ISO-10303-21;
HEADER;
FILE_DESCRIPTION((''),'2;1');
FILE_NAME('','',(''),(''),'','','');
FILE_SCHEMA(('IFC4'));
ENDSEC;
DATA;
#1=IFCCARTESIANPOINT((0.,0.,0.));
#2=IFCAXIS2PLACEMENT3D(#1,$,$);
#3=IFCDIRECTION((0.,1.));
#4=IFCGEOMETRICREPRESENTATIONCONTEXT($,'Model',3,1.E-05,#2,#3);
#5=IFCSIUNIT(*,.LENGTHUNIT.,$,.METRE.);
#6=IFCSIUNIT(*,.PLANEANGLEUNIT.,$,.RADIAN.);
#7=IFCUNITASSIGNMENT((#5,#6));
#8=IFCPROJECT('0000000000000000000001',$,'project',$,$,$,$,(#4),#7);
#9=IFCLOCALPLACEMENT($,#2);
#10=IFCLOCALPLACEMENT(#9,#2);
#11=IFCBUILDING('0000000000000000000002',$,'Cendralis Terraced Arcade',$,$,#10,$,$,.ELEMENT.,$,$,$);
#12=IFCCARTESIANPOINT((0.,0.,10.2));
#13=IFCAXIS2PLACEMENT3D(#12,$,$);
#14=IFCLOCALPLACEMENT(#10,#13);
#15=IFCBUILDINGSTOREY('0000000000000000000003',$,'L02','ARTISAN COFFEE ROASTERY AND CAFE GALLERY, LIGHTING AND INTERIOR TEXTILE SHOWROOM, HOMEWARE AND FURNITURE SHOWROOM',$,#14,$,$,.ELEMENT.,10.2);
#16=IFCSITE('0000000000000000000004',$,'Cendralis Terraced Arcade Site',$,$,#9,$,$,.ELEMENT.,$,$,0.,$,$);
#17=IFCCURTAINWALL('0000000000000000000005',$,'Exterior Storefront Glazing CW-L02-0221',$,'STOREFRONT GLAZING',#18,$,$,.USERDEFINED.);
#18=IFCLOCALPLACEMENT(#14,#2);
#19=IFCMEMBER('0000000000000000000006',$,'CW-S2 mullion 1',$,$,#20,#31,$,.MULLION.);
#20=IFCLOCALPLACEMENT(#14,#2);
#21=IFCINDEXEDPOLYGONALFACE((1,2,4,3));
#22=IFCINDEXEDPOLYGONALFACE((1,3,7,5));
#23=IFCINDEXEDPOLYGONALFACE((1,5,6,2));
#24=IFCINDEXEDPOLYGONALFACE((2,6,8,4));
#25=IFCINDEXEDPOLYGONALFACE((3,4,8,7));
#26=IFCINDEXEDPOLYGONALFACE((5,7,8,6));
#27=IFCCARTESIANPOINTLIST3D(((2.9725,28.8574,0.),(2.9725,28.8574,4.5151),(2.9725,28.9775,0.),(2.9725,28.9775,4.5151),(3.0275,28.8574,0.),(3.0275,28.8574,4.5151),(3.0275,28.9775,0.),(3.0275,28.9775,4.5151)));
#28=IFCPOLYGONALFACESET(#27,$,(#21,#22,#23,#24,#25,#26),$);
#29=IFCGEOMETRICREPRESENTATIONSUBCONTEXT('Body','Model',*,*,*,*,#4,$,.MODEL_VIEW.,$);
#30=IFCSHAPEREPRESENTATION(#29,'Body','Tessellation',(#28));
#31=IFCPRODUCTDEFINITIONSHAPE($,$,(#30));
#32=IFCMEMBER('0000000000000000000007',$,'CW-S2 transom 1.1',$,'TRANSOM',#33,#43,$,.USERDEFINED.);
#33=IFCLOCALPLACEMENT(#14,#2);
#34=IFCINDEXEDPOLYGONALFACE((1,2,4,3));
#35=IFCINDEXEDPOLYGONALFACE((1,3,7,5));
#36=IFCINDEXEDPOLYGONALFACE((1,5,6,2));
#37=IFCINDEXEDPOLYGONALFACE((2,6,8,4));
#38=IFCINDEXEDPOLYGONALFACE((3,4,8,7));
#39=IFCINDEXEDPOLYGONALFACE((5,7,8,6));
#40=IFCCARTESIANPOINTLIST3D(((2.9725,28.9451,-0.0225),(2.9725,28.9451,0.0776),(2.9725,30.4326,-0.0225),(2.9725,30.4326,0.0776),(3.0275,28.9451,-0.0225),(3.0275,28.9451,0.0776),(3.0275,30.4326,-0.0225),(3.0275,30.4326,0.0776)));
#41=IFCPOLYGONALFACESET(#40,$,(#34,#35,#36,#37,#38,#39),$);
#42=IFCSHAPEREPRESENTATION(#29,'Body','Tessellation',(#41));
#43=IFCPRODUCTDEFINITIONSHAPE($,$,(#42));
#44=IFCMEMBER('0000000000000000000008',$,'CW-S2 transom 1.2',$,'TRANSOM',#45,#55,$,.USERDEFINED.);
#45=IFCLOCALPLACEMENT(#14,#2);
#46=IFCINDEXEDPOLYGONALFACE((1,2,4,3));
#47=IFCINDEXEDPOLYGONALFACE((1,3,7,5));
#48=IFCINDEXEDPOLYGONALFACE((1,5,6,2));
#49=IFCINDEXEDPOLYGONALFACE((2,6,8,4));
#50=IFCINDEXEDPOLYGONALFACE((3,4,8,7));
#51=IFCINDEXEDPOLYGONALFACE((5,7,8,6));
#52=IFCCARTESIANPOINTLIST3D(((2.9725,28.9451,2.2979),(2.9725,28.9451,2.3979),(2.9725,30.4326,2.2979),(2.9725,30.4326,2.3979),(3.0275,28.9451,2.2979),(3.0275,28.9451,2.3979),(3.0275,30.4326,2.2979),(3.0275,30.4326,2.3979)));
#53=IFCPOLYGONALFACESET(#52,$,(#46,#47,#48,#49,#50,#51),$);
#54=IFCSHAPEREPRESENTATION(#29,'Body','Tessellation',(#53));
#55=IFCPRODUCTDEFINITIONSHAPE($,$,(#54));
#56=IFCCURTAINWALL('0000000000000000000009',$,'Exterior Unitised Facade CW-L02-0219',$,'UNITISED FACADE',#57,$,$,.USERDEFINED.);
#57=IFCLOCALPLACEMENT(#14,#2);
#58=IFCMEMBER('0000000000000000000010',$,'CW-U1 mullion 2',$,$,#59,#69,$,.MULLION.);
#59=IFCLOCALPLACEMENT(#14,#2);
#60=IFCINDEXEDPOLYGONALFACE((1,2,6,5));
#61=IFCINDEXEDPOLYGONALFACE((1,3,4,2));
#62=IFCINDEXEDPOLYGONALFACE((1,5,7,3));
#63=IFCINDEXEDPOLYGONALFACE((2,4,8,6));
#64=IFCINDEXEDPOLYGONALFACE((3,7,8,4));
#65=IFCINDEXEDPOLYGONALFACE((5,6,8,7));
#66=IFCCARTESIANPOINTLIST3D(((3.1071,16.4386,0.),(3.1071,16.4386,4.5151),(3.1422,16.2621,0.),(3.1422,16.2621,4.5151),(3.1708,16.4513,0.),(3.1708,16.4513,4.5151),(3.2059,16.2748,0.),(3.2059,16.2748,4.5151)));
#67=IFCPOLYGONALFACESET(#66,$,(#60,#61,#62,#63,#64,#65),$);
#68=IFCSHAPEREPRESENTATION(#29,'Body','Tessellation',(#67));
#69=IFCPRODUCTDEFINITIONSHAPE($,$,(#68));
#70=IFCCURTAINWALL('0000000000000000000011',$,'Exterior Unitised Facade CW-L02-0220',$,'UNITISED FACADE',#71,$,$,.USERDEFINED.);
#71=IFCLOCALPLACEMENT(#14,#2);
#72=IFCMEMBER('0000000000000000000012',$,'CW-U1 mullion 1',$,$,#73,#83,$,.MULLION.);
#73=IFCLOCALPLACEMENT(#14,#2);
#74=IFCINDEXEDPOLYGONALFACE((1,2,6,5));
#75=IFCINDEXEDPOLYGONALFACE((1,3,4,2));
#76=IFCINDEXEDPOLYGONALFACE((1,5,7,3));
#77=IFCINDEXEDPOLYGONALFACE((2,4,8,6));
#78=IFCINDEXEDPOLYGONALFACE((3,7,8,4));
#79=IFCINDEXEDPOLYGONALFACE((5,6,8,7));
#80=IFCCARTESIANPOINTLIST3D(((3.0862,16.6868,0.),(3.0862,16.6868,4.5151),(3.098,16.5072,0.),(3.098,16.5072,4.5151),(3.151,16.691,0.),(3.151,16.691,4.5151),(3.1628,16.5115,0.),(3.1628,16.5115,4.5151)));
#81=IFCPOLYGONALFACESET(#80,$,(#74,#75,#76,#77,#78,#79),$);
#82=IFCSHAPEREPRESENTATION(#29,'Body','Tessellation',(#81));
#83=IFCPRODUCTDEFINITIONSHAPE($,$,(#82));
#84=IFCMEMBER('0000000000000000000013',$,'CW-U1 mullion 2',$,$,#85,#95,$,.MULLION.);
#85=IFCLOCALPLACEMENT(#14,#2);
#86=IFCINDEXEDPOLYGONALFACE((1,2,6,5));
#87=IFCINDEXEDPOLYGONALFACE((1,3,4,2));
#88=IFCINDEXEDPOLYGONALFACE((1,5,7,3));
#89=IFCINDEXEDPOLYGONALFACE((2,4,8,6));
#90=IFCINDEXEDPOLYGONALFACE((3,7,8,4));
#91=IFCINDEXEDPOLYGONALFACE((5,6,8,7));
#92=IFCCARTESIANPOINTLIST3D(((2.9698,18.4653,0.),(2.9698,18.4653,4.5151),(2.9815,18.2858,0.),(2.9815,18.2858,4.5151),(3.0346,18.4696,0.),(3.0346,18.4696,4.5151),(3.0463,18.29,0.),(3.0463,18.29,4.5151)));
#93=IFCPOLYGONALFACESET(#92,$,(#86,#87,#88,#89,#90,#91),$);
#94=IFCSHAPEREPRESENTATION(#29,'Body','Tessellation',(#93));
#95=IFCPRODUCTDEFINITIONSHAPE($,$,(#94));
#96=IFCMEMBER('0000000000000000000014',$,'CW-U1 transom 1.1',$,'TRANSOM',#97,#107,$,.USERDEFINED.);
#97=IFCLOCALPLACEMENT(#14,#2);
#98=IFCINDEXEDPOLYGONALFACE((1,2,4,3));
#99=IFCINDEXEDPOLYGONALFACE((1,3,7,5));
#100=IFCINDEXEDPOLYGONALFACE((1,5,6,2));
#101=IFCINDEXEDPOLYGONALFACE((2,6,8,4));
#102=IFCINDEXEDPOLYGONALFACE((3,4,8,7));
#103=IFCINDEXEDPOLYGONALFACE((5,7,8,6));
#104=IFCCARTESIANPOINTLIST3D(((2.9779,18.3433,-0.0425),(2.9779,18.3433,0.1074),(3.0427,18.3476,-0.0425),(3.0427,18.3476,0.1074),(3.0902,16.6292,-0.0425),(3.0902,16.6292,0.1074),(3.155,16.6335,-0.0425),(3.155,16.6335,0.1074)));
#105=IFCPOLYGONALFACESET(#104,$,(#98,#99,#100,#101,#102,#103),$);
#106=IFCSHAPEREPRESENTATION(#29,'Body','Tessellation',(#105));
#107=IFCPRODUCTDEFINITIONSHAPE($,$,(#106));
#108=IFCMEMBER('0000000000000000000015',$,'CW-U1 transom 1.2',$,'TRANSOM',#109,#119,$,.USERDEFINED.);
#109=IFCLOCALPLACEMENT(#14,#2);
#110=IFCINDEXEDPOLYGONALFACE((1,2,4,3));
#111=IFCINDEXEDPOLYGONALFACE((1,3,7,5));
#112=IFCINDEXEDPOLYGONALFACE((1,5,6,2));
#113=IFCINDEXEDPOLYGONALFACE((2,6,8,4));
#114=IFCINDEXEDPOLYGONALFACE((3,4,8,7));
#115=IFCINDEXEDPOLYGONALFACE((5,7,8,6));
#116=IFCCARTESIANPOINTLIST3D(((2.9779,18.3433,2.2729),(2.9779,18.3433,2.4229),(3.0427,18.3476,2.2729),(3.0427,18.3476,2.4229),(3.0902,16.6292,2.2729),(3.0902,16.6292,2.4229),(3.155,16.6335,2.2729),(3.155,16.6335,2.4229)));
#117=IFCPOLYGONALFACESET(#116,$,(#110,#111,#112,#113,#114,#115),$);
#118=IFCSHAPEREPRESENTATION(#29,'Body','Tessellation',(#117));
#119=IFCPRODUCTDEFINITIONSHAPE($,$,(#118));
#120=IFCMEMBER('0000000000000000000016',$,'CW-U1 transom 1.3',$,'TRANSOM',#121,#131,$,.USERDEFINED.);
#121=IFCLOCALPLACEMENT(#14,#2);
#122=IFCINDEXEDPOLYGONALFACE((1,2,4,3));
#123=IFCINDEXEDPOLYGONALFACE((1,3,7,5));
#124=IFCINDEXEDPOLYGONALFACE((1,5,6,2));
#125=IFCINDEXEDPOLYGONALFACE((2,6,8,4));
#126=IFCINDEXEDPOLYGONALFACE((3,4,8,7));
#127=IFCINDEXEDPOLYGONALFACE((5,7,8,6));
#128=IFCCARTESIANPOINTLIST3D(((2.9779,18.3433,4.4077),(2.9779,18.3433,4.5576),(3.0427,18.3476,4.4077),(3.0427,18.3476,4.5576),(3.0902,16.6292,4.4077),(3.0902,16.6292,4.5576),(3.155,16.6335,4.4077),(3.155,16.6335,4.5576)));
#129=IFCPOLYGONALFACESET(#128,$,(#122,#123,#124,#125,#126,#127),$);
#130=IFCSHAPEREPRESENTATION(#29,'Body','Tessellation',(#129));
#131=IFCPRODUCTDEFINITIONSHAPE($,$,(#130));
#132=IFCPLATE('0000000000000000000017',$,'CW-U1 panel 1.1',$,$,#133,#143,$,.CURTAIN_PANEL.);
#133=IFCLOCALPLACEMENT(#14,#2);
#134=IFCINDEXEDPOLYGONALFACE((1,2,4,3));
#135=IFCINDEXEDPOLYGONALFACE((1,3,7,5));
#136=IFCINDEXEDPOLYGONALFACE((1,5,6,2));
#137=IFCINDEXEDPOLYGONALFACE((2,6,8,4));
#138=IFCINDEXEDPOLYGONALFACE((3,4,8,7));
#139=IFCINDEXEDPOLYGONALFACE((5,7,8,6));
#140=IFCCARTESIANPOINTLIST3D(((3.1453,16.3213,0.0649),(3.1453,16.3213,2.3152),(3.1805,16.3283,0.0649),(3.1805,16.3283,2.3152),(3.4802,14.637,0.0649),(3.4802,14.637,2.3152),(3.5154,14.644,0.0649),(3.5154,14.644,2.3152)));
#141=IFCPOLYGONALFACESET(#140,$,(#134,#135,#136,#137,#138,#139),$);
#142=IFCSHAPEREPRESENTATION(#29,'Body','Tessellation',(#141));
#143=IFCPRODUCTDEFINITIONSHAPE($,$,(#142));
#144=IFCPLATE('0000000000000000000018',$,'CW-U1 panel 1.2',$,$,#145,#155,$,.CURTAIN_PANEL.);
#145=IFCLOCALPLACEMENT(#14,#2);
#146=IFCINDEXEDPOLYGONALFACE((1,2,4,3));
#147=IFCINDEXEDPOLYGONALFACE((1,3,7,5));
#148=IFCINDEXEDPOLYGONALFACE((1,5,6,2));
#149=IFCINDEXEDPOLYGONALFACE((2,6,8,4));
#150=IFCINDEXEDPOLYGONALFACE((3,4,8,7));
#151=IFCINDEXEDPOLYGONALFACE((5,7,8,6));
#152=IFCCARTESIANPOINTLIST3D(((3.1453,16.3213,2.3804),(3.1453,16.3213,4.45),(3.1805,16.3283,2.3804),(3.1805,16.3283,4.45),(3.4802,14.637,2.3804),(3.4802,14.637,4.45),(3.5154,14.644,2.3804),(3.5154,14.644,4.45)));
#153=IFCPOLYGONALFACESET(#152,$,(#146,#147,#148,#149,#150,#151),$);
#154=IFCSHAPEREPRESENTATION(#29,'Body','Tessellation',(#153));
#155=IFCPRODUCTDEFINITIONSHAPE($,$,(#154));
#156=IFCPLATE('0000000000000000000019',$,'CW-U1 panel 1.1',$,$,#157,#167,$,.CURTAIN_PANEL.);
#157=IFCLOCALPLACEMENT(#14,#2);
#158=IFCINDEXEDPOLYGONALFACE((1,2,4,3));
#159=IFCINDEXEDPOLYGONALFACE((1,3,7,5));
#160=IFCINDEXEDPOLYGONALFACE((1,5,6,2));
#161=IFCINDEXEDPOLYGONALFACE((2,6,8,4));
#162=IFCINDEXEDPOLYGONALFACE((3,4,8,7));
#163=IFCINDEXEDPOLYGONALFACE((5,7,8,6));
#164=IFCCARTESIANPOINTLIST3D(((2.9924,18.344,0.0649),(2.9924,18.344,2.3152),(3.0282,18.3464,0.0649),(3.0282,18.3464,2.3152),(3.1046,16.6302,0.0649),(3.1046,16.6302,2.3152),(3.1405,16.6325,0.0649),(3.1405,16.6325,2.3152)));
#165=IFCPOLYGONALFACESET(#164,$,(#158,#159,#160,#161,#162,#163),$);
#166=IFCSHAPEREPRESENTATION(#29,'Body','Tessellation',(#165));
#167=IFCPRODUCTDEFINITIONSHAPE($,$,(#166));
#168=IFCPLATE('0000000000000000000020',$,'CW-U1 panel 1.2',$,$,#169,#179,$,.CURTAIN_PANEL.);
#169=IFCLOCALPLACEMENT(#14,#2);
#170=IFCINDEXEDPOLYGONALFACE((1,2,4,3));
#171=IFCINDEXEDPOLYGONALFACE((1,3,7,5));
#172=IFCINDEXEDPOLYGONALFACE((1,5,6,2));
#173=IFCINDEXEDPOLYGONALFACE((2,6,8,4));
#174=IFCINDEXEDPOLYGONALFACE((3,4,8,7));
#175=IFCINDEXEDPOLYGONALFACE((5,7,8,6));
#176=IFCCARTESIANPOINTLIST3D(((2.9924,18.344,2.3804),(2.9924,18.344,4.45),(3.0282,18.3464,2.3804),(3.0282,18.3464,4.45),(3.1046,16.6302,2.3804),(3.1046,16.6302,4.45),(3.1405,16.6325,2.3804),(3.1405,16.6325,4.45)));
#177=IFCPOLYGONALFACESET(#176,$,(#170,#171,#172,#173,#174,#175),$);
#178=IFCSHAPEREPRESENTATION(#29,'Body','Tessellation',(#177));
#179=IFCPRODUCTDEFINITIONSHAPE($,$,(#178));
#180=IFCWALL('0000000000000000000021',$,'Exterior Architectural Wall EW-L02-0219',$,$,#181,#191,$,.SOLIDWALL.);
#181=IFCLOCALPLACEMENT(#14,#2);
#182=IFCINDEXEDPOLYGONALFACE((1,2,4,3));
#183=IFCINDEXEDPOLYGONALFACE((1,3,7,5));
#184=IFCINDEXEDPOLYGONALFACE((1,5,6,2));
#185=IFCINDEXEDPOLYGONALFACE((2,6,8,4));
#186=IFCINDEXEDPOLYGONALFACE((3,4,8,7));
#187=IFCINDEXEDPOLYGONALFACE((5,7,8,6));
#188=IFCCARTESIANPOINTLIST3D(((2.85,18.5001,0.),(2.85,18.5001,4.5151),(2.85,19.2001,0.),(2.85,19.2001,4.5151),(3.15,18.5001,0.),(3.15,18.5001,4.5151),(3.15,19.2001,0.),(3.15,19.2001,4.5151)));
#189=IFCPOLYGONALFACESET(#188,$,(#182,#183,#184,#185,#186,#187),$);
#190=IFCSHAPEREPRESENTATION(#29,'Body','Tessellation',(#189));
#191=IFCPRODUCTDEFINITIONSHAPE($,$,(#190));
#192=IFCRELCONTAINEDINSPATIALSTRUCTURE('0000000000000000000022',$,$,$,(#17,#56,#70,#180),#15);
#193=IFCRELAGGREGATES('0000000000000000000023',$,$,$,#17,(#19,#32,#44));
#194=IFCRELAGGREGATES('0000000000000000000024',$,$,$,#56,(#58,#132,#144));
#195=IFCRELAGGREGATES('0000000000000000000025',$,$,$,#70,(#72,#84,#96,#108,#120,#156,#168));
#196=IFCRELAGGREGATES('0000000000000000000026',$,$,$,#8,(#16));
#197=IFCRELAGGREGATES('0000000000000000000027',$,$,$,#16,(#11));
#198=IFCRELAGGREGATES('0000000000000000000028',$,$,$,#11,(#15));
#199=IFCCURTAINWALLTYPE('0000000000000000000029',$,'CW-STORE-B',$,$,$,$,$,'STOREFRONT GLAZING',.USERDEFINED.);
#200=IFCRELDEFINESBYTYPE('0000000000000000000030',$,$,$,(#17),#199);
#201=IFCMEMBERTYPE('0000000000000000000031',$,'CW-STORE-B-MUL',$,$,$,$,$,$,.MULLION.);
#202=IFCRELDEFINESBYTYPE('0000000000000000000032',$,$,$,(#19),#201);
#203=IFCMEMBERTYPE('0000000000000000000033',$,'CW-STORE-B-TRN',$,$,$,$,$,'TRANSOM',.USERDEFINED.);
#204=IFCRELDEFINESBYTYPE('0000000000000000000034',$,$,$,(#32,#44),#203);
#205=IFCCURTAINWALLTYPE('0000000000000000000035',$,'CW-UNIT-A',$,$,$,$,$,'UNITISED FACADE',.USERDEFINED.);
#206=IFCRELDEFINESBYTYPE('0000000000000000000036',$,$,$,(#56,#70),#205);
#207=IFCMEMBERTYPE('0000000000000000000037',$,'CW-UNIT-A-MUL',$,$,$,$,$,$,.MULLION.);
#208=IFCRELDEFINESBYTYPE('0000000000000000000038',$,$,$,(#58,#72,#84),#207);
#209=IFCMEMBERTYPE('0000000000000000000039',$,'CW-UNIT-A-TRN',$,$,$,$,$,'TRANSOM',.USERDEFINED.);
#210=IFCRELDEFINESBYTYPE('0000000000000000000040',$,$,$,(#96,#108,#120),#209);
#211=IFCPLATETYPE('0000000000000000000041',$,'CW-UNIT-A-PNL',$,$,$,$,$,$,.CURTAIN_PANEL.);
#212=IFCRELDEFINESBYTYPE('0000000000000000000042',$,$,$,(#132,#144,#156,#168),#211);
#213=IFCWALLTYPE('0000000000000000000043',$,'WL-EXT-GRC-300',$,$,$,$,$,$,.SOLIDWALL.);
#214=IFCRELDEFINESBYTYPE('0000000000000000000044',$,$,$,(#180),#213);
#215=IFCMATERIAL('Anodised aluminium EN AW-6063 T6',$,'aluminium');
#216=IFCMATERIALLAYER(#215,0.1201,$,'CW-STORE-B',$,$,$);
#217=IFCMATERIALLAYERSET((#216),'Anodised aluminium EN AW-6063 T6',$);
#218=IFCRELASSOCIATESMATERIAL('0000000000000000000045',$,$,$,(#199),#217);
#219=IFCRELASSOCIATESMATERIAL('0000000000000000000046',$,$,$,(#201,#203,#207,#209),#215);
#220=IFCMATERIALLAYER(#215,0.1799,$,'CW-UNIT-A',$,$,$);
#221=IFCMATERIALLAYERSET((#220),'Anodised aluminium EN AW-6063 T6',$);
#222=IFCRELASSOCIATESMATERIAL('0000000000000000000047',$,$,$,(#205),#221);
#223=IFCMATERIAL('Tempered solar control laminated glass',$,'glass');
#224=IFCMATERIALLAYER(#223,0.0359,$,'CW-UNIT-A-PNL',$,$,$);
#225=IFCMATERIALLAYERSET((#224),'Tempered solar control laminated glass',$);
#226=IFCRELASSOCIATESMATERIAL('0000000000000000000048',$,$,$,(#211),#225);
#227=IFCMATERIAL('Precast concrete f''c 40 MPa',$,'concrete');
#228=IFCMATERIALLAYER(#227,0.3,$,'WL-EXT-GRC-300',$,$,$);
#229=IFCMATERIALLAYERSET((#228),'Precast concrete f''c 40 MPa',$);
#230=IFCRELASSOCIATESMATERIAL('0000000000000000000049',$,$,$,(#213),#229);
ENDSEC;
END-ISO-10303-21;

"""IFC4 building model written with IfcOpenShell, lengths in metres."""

from ifc_helpers import new_model, si_unit, direction, frame, frame_2d, origin, origin_2d, place, context, subcontext, project, spatial, rectangle, extrude, material, layer, layer_set, material_profile, profile_set, type_object, element, aggregate, save


model = new_model("IFC4")

# Units and contexts
model_context = context("Model", 3, precision=1e-05, world=origin(), true_north=direction((0.0, 1.0)))
body_context = subcontext(model_context, "Body", "Model", "MODEL_VIEW")
ifc_project = project(units=[si_unit("LENGTHUNIT", "METRE"), si_unit("PLANEANGLEUNIT", "RADIAN")], contexts=[model_context])

# Site, building, storey
site_placement = place(None, origin())
site = spatial("IfcSite", under=ifc_project, at=site_placement, Name="Cendralis Terraced Arcade Site", CompositionType="ELEMENT", RefElevation=0.0)
building_placement = place(site_placement, origin())
building = spatial("IfcBuilding", under=site, at=building_placement, Name="Cendralis Terraced Arcade", CompositionType="ELEMENT")
storey_placement = place(building_placement, frame((0.0, 0.0, 10.2)))
storey = spatial("IfcBuildingStorey", under=building, at=storey_placement, Name="L02", Description="ARTISAN COFFEE ROASTERY AND CAFE GALLERY, LIGHTING AND INTERIOR TEXTILE SHOWROOM, HOMEWARE AND FURNITURE SHOWROOM", CompositionType="ELEMENT", Elevation=10.2)

# Curtain wall, members
ifc_material_1 = material(Name="Anodised aluminium EN AW-6063 T6", Category="aluminium")
ifc_layer_1 = layer(ifc_material_1, 0.1201, Name="CW-STORE-B")
ifc_layer_set_1 = layer_set([ifc_layer_1], Name="Anodised aluminium EN AW-6063 T6")
curtain_wall_type_1 = type_object("IfcCurtainWallType", Name="CW-STORE-B", ElementType="STOREFRONT GLAZING", PredefinedType="USERDEFINED", material=ifc_layer_set_1)
curtain_wall_1_placement = place(storey_placement, origin())
curtain_wall_1 = element("IfcCurtainWall", 1, at=curtain_wall_1_placement, inside=storey, type_object=curtain_wall_type_1, Name="Exterior Storefront Glazing CW-L02-0221", ObjectType="STOREFRONT GLAZING", PredefinedType="USERDEFINED")
ifc_material_profile_1 = material_profile(ifc_material_1, rectangle(XDim=0.0549, YDim=0.1201, at=origin_2d()), Name="ALU-MUL-55x120")
ifc_profile_set_1 = profile_set([ifc_material_profile_1], Name="Anodised aluminium EN AW-6063 T6")
member_type_1 = type_object("IfcMemberType", Name="CW-STORE-B-MUL", PredefinedType="MULLION", material=ifc_profile_set_1)
member_1_placement = place(storey_placement, frame((3.0, 28.9175, 0.0), z_axis=(0.0, 0.0, 1.0), x_axis=(-1.0, 0.0, 0.0)))
member_1 = element("IfcMember", 2, at=member_1_placement, type_object=member_type_1, Name="CW-S2 mullion 1", PredefinedType="MULLION", context=body_context, shape_type="SweptSolid", body=[
    extrude(rectangle(XDim=0.0549, YDim=0.1201, at=origin_2d()), origin(), (0.0, 0.0, 1.0), 4.5151),
])
ifc_material_profile_2 = material_profile(ifc_material_1, rectangle(XDim=0.0549, YDim=0.1001, at=origin_2d()), Name="ALU-TRN-55x100")
ifc_profile_set_2 = profile_set([ifc_material_profile_2], Name="Anodised aluminium EN AW-6063 T6")
member_type_2 = type_object("IfcMemberType", Name="CW-STORE-B-TRN", ElementType="TRANSOM", PredefinedType="USERDEFINED", material=ifc_profile_set_2)
member_2_placement = place(storey_placement, frame((3.0, 28.9451, 0.0276), z_axis=(0.0, 1.0, 0.0), x_axis=(-1.0, 0.0, 0.0)))
member_2 = element("IfcMember", 3, at=member_2_placement, type_object=member_type_2, Name="CW-S2 transom 1.1", ObjectType="TRANSOM", PredefinedType="USERDEFINED", context=body_context, shape_type="SweptSolid", body=[
    extrude(rectangle(XDim=0.0549, YDim=0.1001, at=origin_2d()), origin(), (0.0, 0.0, 1.0), 1.4875),
])
member_3_placement = place(storey_placement, frame((3.0, 28.9451, 2.3479), z_axis=(0.0, 1.0, 0.0), x_axis=(-1.0, 0.0, 0.0)))
member_3 = element("IfcMember", 4, at=member_3_placement, type_object=member_type_2, Name="CW-S2 transom 1.2", ObjectType="TRANSOM", PredefinedType="USERDEFINED", context=body_context, shape_type="SweptSolid", body=[
    extrude(rectangle(XDim=0.0549, YDim=0.1001, at=origin_2d()), origin(), (0.0, 0.0, 1.0), 1.4875),
])
aggregate(curtain_wall_1, [member_1, member_2, member_3])

# Curtain wall, member
ifc_layer_2 = layer(ifc_material_1, 0.1799, Name="CW-UNIT-A")
ifc_layer_set_2 = layer_set([ifc_layer_2], Name="Anodised aluminium EN AW-6063 T6")
curtain_wall_type_2 = type_object("IfcCurtainWallType", Name="CW-UNIT-A", ElementType="UNITISED FACADE", PredefinedType="USERDEFINED", material=ifc_layer_set_2)
curtain_wall_2_placement = place(storey_placement, origin())
curtain_wall_2 = element("IfcCurtainWall", 5, at=curtain_wall_2_placement, inside=storey, type_object=curtain_wall_type_2, Name="Exterior Unitised Facade CW-L02-0219", ObjectType="UNITISED FACADE", PredefinedType="USERDEFINED")
ifc_material_profile_3 = material_profile(ifc_material_1, rectangle(XDim=0.0649, YDim=0.1799, at=origin_2d()), Name="ALU-MUL-65x180")
ifc_profile_set_3 = profile_set([ifc_material_profile_3], Name="Anodised aluminium EN AW-6063 T6")
member_type_3 = type_object("IfcMemberType", Name="CW-UNIT-A-MUL", PredefinedType="MULLION", material=ifc_profile_set_3)
member_4_placement = place(storey_placement, frame((3.1565, 16.3567, 0.0), z_axis=(0.0, 0.0, 1.0), x_axis=(-0.980797, -0.195033, 0.0)))
member_4 = element("IfcMember", 6, at=member_4_placement, type_object=member_type_3, Name="CW-U1 mullion 2", PredefinedType="MULLION", context=body_context, shape_type="SweptSolid", body=[
    extrude(rectangle(XDim=0.0649, YDim=0.1799, at=origin_2d()), origin(), (0.0, 0.0, 1.0), 4.5151),
])

# Curtain wall, members
curtain_wall_3_placement = place(storey_placement, origin())
curtain_wall_3 = element("IfcCurtainWall", 7, at=curtain_wall_3_placement, inside=storey, type_object=curtain_wall_type_2, Name="Exterior Unitised Facade CW-L02-0220", ObjectType="UNITISED FACADE", PredefinedType="USERDEFINED")
member_5_placement = place(storey_placement, frame((3.1245, 16.5991, 0.0), z_axis=(0.0, 0.0, 1.0), x_axis=(-0.99786, -0.065384, 0.0)))
member_5 = element("IfcMember", 8, at=member_5_placement, type_object=member_type_3, Name="CW-U1 mullion 1", PredefinedType="MULLION", context=body_context, shape_type="SweptSolid", body=[
    extrude(rectangle(XDim=0.0649, YDim=0.1799, at=origin_2d()), origin(), (0.0, 0.0, 1.0), 4.5151),
])
member_6_placement = place(storey_placement, frame((3.0081, 18.3777, 0.0), z_axis=(0.0, 0.0, 1.0), x_axis=(-0.99786, -0.065384, 0.0)))
member_6 = element("IfcMember", 9, at=member_6_placement, type_object=member_type_3, Name="CW-U1 mullion 2", PredefinedType="MULLION", context=body_context, shape_type="SweptSolid", body=[
    extrude(rectangle(XDim=0.0649, YDim=0.1799, at=origin_2d()), origin(), (0.0, 0.0, 1.0), 4.5151),
])
ifc_material_profile_4 = material_profile(ifc_material_1, rectangle(XDim=0.0649, YDim=0.1499, at=origin_2d()), Name="ALU-TRN-65x150")
ifc_profile_set_4 = profile_set([ifc_material_profile_4], Name="Anodised aluminium EN AW-6063 T6")
member_type_4 = type_object("IfcMemberType", Name="CW-UNIT-A-TRN", ElementType="TRANSOM", PredefinedType="USERDEFINED", material=ifc_profile_set_4)
member_7_placement = place(storey_placement, frame((3.1226, 16.6313, 0.0325), z_axis=(-0.065378, 0.997861, 0.0), x_axis=(-0.997861, -0.065378, 0.0)))
member_7 = element("IfcMember", 10, at=member_7_placement, type_object=member_type_4, Name="CW-U1 transom 1.1", ObjectType="TRANSOM", PredefinedType="USERDEFINED", context=body_context, shape_type="SweptSolid", body=[
    extrude(rectangle(XDim=0.0649, YDim=0.1499, at=origin_2d()), origin(), (0.0, 0.0, 1.0), 1.7178),
])
member_8_placement = place(storey_placement, frame((3.1226, 16.6313, 2.3479), z_axis=(-0.065378, 0.997861, 0.0), x_axis=(-0.997861, -0.065378, 0.0)))
member_8 = element("IfcMember", 11, at=member_8_placement, type_object=member_type_4, Name="CW-U1 transom 1.2", ObjectType="TRANSOM", PredefinedType="USERDEFINED", context=body_context, shape_type="SweptSolid", body=[
    extrude(rectangle(XDim=0.0649, YDim=0.1499, at=origin_2d()), origin(), (0.0, 0.0, 1.0), 1.7178),
])
member_9_placement = place(storey_placement, frame((3.1226, 16.6313, 4.4827), z_axis=(-0.065378, 0.997861, 0.0), x_axis=(-0.997861, -0.065378, 0.0)))
member_9 = element("IfcMember", 12, at=member_9_placement, type_object=member_type_4, Name="CW-U1 transom 1.3", ObjectType="TRANSOM", PredefinedType="USERDEFINED", context=body_context, shape_type="SweptSolid", body=[
    extrude(rectangle(XDim=0.0649, YDim=0.1499, at=origin_2d()), origin(), (0.0, 0.0, 1.0), 1.7178),
])

# Plates
ifc_material_2 = material(Name="Tempered solar control laminated glass", Category="glass")
ifc_layer_3 = layer(ifc_material_2, 0.0359, Name="CW-UNIT-A-PNL")
ifc_layer_set_3 = layer_set([ifc_layer_3], Name="Tempered solar control laminated glass")
plate_type = type_object("IfcPlateType", Name="CW-UNIT-A-PNL", PredefinedType="CURTAIN_PANEL", material=ifc_layer_set_3)
plate_1_placement = place(storey_placement, frame((3.3303, 15.4827, 0.0649), z_axis=(0.0, 0.0, 1.0), x_axis=(-0.195033, 0.980797, 0.0)))
plate_1 = element("IfcPlate", 13, at=plate_1_placement, type_object=plate_type, Name="CW-U1 panel 1.1", PredefinedType="CURTAIN_PANEL", context=body_context, shape_type="SweptSolid", body=[
    extrude(rectangle(XDim=1.7173, YDim=0.0359, at=origin_2d()), origin(), (0.0, 0.0, 1.0), 2.2502),
])
plate_2_placement = place(storey_placement, frame((3.3303, 15.4827, 2.3804), z_axis=(0.0, 0.0, 1.0), x_axis=(-0.195033, 0.980797, 0.0)))
plate_2 = element("IfcPlate", 14, at=plate_2_placement, type_object=plate_type, Name="CW-U1 panel 1.2", PredefinedType="CURTAIN_PANEL", context=body_context, shape_type="SweptSolid", body=[
    extrude(rectangle(XDim=1.7173, YDim=0.0359, at=origin_2d()), origin(), (0.0, 0.0, 1.0), 2.0696),
])
aggregate(curtain_wall_2, [member_4, plate_1, plate_2])
plate_3_placement = place(storey_placement, frame((3.0664, 17.4883, 0.0649), z_axis=(0.0, 0.0, 1.0), x_axis=(-0.065384, 0.99786, 0.0)))
plate_3 = element("IfcPlate", 15, at=plate_3_placement, type_object=plate_type, Name="CW-U1 panel 1.1", PredefinedType="CURTAIN_PANEL", context=body_context, shape_type="SweptSolid", body=[
    extrude(rectangle(XDim=1.7175, YDim=0.0359, at=origin_2d()), origin(), (0.0, 0.0, 1.0), 2.2502),
])
plate_4_placement = place(storey_placement, frame((3.0664, 17.4883, 2.3804), z_axis=(0.0, 0.0, 1.0), x_axis=(-0.065384, 0.99786, 0.0)))
plate_4 = element("IfcPlate", 16, at=plate_4_placement, type_object=plate_type, Name="CW-U1 panel 1.2", PredefinedType="CURTAIN_PANEL", context=body_context, shape_type="SweptSolid", body=[
    extrude(rectangle(XDim=1.7175, YDim=0.0359, at=origin_2d()), origin(), (0.0, 0.0, 1.0), 2.0696),
])
aggregate(curtain_wall_3, [member_5, member_6, member_7, member_8, member_9, plate_3, plate_4])

# Wall
ifc_material_3 = material(Name="Precast concrete f'c 40 MPa", Category="concrete")
ifc_layer_4 = layer(ifc_material_3, 0.3, Name="WL-EXT-GRC-300")
ifc_layer_set_4 = layer_set([ifc_layer_4], Name="Precast concrete f'c 40 MPa")
wall_type_1 = type_object("IfcWallType", Name="WL-EXT-GRC-300", PredefinedType="SOLIDWALL", material=ifc_layer_set_4)
wall_1_placement = place(storey_placement, frame((3.0, 18.5, 0.0), z_axis=(0.0, 0.0, 1.0), x_axis=(0.0, 1.0, 0.0)))
element("IfcWall", 17, at=wall_1_placement, inside=storey, type_object=wall_type_1, Name="Exterior Architectural Wall EW-L02-0219", PredefinedType="SOLIDWALL", context=body_context, shape_type="SweptSolid", body=[
    extrude(rectangle(XDim=0.7, YDim=0.3, at=frame_2d((0.3501, 0.0))), origin(), (0.0, 0.0, 1.0), 4.5151),
])

save(model, "model.ifc")
